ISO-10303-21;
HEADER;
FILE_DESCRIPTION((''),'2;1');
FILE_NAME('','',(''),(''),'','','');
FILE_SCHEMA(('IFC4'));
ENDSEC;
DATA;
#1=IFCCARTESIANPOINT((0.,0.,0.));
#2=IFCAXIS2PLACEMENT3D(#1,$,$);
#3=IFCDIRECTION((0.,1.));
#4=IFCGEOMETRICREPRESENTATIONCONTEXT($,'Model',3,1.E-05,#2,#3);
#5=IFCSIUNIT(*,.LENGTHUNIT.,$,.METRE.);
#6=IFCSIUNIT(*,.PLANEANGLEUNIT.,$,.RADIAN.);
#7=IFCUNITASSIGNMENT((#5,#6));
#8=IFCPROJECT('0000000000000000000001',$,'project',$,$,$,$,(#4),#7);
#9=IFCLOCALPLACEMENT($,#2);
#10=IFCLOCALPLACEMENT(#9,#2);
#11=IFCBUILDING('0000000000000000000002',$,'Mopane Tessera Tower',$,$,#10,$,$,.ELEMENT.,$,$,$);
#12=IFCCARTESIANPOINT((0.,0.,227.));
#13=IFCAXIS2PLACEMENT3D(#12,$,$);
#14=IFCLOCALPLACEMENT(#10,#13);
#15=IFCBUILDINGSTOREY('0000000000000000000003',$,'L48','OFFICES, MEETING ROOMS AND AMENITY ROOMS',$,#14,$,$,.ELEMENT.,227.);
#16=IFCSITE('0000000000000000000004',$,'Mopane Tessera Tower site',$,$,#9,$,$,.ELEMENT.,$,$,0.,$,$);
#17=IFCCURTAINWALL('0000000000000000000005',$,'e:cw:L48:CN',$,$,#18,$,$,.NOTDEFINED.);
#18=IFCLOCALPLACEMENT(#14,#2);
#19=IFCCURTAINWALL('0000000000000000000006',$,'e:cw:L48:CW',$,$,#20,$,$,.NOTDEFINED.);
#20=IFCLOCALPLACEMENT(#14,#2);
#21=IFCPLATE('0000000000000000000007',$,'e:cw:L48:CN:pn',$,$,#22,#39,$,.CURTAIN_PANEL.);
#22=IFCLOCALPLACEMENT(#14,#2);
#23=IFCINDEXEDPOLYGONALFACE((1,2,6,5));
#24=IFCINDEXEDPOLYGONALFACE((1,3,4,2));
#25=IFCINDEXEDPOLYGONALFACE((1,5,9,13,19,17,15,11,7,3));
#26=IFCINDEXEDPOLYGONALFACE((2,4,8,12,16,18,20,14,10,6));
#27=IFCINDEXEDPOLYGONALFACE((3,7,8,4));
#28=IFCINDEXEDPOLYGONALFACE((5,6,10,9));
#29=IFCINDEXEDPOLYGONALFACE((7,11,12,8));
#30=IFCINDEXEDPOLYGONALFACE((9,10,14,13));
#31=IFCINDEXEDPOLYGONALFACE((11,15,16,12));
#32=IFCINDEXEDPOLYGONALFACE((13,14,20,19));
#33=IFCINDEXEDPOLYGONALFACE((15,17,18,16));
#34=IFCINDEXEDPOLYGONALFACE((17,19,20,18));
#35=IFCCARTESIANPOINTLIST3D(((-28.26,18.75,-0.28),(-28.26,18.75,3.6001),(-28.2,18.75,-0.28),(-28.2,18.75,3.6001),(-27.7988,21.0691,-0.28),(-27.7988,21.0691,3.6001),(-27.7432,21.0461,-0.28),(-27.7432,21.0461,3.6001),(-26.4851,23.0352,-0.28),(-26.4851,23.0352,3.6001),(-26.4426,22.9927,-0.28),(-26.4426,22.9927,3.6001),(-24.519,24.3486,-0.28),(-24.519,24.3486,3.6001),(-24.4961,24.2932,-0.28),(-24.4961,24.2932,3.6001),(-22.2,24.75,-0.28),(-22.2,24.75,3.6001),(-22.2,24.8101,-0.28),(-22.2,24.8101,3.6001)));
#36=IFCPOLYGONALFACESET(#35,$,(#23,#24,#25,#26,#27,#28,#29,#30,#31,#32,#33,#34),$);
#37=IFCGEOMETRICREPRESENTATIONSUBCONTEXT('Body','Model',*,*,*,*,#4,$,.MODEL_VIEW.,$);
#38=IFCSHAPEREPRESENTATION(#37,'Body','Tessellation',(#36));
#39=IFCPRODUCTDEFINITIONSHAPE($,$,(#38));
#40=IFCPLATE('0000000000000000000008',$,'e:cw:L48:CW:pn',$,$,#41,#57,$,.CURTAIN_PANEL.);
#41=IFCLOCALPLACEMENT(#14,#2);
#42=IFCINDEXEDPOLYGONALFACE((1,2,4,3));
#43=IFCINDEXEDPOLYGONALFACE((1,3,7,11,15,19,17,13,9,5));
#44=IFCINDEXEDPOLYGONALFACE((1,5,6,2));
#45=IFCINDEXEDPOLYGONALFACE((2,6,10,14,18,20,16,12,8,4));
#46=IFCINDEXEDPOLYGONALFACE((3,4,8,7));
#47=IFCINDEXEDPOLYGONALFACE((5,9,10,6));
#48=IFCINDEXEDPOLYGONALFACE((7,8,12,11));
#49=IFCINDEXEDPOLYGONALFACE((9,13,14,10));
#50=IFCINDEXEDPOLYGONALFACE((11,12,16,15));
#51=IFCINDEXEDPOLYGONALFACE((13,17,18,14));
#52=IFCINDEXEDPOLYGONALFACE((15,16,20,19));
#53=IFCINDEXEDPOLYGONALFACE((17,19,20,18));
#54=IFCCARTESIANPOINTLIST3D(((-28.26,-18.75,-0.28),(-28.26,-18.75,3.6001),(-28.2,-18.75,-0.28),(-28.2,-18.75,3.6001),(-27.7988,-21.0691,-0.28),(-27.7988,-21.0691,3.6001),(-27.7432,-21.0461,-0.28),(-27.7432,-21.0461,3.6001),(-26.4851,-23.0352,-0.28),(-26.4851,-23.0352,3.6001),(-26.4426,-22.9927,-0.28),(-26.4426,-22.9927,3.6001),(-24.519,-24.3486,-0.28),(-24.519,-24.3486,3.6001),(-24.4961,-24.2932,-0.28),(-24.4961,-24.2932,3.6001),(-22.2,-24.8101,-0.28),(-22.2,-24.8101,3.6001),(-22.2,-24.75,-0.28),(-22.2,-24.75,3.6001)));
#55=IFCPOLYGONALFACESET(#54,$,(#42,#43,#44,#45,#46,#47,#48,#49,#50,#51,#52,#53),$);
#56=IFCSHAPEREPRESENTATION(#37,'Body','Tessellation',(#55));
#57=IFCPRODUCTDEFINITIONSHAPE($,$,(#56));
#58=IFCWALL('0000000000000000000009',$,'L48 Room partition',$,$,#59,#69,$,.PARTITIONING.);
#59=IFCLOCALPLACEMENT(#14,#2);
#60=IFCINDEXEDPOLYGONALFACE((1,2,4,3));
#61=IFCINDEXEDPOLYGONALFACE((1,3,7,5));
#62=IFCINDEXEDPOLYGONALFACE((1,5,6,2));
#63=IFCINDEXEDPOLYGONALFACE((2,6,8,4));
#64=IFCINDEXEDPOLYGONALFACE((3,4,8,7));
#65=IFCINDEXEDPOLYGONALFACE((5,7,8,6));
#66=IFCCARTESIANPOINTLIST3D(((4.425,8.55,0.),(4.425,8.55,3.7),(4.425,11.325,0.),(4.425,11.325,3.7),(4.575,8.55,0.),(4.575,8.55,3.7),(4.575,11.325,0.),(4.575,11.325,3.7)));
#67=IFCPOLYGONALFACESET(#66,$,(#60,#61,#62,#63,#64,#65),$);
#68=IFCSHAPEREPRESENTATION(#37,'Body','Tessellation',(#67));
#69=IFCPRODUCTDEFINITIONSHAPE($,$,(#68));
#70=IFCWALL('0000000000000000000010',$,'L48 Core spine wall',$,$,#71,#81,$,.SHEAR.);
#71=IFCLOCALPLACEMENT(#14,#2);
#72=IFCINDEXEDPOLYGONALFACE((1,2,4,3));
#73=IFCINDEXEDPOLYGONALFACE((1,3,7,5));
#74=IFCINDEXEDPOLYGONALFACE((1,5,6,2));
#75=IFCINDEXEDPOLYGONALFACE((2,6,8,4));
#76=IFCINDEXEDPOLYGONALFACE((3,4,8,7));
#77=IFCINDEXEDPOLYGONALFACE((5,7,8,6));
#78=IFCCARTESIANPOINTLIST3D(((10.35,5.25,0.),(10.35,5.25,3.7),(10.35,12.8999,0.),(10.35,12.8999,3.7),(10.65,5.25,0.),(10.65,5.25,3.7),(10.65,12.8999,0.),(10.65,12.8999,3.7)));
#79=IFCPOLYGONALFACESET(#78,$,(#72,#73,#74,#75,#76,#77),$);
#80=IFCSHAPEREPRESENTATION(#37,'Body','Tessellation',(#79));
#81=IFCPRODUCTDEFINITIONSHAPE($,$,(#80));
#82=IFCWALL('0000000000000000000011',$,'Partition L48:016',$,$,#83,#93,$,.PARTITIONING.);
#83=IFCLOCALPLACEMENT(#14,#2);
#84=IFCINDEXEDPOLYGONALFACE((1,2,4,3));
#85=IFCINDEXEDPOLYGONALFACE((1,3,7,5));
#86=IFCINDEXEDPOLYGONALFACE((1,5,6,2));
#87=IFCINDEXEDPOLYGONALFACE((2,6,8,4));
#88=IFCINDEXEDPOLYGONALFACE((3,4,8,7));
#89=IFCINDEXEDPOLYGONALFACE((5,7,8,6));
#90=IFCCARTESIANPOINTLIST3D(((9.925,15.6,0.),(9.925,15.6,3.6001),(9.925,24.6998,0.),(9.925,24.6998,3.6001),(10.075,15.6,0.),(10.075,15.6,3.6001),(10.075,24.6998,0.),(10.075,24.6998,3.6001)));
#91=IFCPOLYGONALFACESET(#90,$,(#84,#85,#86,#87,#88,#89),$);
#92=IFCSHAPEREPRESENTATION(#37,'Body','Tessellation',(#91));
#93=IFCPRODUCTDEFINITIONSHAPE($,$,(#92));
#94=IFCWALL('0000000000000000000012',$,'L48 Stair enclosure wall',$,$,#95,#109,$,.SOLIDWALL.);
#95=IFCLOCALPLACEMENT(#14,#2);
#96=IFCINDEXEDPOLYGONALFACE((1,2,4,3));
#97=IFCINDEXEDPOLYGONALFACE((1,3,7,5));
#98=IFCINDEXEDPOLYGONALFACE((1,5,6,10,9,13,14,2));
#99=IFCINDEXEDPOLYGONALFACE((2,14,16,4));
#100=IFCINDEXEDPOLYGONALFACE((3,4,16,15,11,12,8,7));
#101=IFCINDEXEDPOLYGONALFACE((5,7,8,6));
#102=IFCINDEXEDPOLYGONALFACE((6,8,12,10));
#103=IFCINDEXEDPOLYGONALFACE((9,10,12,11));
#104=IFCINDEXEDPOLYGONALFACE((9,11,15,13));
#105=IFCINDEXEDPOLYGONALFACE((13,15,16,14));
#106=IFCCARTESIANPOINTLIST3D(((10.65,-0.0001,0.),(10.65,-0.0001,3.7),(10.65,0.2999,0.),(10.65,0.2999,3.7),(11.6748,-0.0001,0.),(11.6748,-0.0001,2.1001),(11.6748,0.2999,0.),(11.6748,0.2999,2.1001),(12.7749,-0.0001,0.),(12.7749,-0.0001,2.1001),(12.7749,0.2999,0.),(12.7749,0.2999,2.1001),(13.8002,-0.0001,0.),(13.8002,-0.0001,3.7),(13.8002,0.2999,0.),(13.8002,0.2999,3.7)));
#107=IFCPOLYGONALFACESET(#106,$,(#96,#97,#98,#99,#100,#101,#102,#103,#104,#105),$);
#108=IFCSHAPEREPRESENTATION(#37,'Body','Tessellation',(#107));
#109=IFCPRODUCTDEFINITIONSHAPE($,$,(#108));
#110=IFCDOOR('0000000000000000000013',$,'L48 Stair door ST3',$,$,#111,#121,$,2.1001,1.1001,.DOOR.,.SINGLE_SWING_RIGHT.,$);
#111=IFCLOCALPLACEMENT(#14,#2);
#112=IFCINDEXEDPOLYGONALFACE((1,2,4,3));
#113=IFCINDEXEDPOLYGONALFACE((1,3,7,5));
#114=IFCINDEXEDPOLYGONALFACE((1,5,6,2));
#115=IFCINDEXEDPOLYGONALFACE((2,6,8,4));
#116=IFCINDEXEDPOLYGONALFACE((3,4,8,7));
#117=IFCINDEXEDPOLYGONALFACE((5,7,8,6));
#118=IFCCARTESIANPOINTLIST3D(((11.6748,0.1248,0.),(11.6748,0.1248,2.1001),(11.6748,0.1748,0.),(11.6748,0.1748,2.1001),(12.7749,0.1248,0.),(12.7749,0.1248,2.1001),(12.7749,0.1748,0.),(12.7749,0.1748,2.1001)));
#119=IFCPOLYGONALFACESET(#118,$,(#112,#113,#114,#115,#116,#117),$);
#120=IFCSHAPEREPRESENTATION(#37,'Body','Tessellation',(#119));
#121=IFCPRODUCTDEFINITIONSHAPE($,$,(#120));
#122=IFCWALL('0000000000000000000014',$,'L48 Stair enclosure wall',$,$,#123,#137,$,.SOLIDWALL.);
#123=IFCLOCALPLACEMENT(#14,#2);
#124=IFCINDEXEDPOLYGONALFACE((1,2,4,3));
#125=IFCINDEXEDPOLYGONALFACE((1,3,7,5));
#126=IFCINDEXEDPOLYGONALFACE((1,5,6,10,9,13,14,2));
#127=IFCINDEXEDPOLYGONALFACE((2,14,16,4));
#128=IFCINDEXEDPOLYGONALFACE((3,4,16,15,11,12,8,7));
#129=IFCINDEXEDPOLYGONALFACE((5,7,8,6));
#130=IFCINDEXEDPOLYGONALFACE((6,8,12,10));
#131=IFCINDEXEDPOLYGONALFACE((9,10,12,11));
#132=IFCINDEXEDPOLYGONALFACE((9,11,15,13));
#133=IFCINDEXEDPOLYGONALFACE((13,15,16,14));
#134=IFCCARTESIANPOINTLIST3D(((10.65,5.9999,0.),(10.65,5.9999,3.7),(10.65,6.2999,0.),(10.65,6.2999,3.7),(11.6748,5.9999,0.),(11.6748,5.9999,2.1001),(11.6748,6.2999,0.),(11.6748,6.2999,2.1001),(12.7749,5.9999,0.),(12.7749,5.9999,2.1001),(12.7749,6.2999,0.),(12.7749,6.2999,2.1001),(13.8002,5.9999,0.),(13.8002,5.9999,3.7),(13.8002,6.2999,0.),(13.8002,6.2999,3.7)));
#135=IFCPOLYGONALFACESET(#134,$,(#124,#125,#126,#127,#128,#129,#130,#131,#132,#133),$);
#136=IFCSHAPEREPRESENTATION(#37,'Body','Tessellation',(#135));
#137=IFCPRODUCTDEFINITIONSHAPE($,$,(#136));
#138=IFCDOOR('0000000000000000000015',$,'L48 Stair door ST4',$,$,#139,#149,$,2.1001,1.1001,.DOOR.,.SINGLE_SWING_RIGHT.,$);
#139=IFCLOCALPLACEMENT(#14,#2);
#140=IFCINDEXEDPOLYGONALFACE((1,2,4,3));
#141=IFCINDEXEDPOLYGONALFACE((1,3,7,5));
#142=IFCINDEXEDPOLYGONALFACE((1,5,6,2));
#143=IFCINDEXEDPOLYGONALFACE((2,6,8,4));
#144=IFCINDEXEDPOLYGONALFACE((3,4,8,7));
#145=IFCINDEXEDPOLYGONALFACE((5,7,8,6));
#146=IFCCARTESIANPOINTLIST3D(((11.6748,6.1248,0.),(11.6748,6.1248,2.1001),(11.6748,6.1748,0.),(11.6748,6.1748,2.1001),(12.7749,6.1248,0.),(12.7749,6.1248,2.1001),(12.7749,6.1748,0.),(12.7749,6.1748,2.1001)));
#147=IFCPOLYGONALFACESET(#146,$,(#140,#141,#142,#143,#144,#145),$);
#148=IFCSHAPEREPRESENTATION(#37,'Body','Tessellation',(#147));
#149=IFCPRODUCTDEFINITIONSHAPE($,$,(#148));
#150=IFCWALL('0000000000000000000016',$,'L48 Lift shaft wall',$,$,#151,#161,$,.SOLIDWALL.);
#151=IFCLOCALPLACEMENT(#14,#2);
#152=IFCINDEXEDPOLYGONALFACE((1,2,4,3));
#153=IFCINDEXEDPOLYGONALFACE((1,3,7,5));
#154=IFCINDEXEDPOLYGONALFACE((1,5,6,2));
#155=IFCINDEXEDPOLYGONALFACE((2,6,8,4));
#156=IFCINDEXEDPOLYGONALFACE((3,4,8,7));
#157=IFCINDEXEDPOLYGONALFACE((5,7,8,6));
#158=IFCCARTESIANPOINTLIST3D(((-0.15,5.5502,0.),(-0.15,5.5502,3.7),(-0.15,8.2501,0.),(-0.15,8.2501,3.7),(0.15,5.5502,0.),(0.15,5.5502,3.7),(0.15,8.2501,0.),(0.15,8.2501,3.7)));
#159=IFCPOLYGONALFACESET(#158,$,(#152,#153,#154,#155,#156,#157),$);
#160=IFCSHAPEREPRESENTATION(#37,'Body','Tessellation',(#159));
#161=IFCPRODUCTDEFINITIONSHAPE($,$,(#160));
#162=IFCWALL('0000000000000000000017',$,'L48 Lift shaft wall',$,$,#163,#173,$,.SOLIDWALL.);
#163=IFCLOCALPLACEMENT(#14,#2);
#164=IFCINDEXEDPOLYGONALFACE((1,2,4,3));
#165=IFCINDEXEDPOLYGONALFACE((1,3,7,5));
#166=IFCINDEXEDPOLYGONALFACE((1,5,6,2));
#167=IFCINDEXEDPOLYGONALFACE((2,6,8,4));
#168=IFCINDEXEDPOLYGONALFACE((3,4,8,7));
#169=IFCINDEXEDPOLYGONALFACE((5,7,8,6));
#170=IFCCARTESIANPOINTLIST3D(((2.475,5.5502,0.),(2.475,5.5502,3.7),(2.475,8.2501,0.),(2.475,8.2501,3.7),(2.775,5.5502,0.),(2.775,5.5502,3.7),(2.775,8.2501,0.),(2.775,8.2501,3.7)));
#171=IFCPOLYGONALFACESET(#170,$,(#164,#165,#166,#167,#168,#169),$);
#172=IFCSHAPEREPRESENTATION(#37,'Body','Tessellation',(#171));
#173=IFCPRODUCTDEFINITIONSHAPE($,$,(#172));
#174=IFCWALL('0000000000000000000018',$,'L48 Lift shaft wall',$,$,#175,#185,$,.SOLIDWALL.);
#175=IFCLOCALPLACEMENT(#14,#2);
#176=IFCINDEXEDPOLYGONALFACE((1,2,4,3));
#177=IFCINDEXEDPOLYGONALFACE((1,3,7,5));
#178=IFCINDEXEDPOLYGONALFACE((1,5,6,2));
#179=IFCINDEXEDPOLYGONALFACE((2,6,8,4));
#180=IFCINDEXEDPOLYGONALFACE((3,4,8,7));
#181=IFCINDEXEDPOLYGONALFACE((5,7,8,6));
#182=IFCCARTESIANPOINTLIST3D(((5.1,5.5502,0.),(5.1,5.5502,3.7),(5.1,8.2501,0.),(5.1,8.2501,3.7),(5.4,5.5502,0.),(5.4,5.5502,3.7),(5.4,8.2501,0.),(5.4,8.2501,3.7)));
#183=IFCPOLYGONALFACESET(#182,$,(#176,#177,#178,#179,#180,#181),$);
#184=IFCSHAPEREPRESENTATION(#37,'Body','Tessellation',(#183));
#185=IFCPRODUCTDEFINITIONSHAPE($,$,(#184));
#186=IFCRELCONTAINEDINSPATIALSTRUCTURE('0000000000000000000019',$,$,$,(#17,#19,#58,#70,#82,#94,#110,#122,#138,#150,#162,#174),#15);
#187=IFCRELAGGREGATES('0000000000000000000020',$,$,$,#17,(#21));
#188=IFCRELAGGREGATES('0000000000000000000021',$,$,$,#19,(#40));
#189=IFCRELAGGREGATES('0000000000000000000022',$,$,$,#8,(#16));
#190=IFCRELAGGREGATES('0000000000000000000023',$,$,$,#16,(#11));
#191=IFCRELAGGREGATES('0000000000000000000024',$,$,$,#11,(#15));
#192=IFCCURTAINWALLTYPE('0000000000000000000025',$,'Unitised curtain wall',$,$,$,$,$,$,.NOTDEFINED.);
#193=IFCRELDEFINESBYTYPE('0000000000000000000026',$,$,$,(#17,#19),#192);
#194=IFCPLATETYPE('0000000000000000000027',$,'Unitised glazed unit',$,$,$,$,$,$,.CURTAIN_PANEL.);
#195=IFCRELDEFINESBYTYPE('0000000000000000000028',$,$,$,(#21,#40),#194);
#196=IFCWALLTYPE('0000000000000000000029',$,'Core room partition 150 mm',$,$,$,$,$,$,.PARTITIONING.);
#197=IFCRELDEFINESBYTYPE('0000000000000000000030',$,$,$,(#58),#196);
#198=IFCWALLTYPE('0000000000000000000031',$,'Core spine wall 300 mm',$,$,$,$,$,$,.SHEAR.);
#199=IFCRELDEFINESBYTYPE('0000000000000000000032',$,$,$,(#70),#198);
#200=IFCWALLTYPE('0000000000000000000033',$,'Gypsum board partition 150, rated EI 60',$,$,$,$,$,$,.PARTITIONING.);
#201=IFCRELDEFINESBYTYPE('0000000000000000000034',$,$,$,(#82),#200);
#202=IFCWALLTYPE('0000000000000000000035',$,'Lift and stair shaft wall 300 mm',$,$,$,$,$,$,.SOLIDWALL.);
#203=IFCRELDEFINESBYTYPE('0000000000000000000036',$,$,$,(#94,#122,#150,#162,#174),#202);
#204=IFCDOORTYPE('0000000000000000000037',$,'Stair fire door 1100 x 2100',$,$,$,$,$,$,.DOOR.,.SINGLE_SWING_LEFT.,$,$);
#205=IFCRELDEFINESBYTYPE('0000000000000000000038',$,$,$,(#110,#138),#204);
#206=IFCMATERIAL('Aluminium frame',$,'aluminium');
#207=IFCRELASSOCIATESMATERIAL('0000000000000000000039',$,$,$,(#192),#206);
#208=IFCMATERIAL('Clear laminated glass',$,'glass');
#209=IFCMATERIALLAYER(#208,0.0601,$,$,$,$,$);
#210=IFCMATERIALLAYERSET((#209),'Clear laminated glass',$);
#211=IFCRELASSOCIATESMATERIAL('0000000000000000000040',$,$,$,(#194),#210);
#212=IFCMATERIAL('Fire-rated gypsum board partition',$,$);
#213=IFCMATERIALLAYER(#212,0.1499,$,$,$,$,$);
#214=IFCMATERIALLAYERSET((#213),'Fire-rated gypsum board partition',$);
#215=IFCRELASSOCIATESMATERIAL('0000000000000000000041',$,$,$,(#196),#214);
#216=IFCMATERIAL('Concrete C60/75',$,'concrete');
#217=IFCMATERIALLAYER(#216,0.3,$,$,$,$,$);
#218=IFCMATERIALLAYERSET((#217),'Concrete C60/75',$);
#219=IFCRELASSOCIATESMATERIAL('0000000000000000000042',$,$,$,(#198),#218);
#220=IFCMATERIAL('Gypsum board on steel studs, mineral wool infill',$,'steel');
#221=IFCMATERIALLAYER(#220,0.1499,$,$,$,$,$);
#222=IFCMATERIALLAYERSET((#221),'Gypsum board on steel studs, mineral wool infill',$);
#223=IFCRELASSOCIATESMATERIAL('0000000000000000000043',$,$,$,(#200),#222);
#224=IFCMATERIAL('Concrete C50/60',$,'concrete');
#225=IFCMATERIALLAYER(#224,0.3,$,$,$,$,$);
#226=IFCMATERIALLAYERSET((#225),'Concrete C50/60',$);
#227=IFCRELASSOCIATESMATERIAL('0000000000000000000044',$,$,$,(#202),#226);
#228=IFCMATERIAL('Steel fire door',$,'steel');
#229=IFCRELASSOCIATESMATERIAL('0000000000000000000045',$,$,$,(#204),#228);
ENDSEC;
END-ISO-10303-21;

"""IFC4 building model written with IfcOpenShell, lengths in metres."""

from ifc_helpers import new_model, si_unit, direction, frame, frame_2d, origin, place, context, subcontext, project, spatial, polyline, rectangle, outline, extrude, material, layer, layer_set, type_object, element, fill, aggregate, save


model = new_model("IFC4")

# Units and contexts
model_context = context("Model", 3, precision=1e-05, world=origin(), true_north=direction((0.0, 1.0)))
body_context = subcontext(model_context, "Body", "Model", "MODEL_VIEW")
ifc_project = project(units=[si_unit("LENGTHUNIT", "METRE"), si_unit("PLANEANGLEUNIT", "RADIAN")], contexts=[model_context])

# Site, building, storey
site_placement = place(None, origin())
site = spatial("IfcSite", under=ifc_project, at=site_placement, Name="Mopane Tessera Tower site", CompositionType="ELEMENT", RefElevation=0.0)
building_placement = place(site_placement, origin())
building = spatial("IfcBuilding", under=site, at=building_placement, Name="Mopane Tessera Tower", CompositionType="ELEMENT")
storey_placement = place(building_placement, frame((0.0, 0.0, 227.0)))
storey = spatial("IfcBuildingStorey", under=building, at=storey_placement, Name="L48", Description="OFFICES, MEETING ROOMS AND AMENITY ROOMS", CompositionType="ELEMENT", Elevation=227.0)

# Shared definitions
ifc_material_1 = material(Name="Aluminium frame", Category="aluminium")
curtain_wall_type = type_object("IfcCurtainWallType", Name="Unitised curtain wall", PredefinedType="NOTDEFINED", material=ifc_material_1)

# Curtain walls
curtain_wall_1_placement = place(storey_placement, origin())
curtain_wall_1 = element("IfcCurtainWall", 1, at=curtain_wall_1_placement, inside=storey, type_object=curtain_wall_type, Name="e:cw:L48:CN", PredefinedType="NOTDEFINED")
curtain_wall_2_placement = place(storey_placement, origin())
curtain_wall_2 = element("IfcCurtainWall", 2, at=curtain_wall_2_placement, inside=storey, type_object=curtain_wall_type, Name="e:cw:L48:CW", PredefinedType="NOTDEFINED")

# Plates
ifc_material_2 = material(Name="Clear laminated glass", Category="glass")
ifc_layer_1 = layer(ifc_material_2, 0.0601)
ifc_layer_set_1 = layer_set([ifc_layer_1], Name="Clear laminated glass")
plate_type = type_object("IfcPlateType", Name="Unitised glazed unit", PredefinedType="CURTAIN_PANEL", material=ifc_layer_set_1)
plate_1_placement = place(storey_placement, frame((0.0, 0.0, -0.28)))
plate_1 = element("IfcPlate", 3, at=plate_1_placement, type_object=plate_type, Name="e:cw:L48:CN:pn", PredefinedType="CURTAIN_PANEL", context=body_context, shape_type="SweptSolid", body=[
    extrude(outline(polyline([(-22.2, 24.75), (-24.4961, 24.2932), (-26.4426, 22.9927), (-27.7432, 21.0461), (-28.2, 18.75), (-28.26, 18.75), (-27.7988, 21.0691), (-26.4851, 23.0352), (-24.519, 24.3486), (-22.2, 24.8101), (-22.2, 24.75)])), origin(), (0.0, 0.0, 1.0), 3.8801),
])
aggregate(curtain_wall_1, [plate_1])
plate_2_placement = place(storey_placement, frame((0.0, 0.0, -0.28)))
plate_2 = element("IfcPlate", 4, at=plate_2_placement, type_object=plate_type, Name="e:cw:L48:CW:pn", PredefinedType="CURTAIN_PANEL", context=body_context, shape_type="SweptSolid", body=[
    extrude(outline(polyline([(-28.2, -18.75), (-27.7432, -21.0461), (-26.4426, -22.9927), (-24.4961, -24.2932), (-22.2, -24.75), (-22.2, -24.8101), (-24.519, -24.3486), (-26.4851, -23.0352), (-27.7988, -21.0691), (-28.26, -18.75), (-28.2, -18.75)])), origin(), (0.0, 0.0, 1.0), 3.8801),
])
aggregate(curtain_wall_2, [plate_2])

# Walls
ifc_material_3 = material(Name="Fire-rated gypsum board partition")
ifc_layer_2 = layer(ifc_material_3, 0.1499)
ifc_layer_set_2 = layer_set([ifc_layer_2], Name="Fire-rated gypsum board partition")
wall_type_1 = type_object("IfcWallType", Name="Core room partition 150 mm", PredefinedType="PARTITIONING", material=ifc_layer_set_2)
wall_1_placement = place(storey_placement, frame((4.5, 8.55, 0.0), z_axis=(0.0, 0.0, 1.0), x_axis=(0.0, 1.0, 0.0)))
element("IfcWall", 5, at=wall_1_placement, inside=storey, type_object=wall_type_1, Name="L48 Room partition", PredefinedType="PARTITIONING", context=body_context, shape_type="SweptSolid", body=[
    extrude(rectangle(XDim=2.7749, YDim=0.1499, at=frame_2d((1.3875, 0.0))), origin(), (0.0, 0.0, 1.0), 3.7),
])
ifc_material_4 = material(Name="Concrete C60/75", Category="concrete")
ifc_layer_3 = layer(ifc_material_4, 0.3)
ifc_layer_set_3 = layer_set([ifc_layer_3], Name="Concrete C60/75")
wall_type_2 = type_object("IfcWallType", Name="Core spine wall 300 mm", PredefinedType="SHEAR", material=ifc_layer_set_3)
wall_2_placement = place(storey_placement, frame((10.5, 5.25, 0.0), z_axis=(0.0, 0.0, 1.0), x_axis=(0.0, 1.0, 0.0)))
element("IfcWall", 6, at=wall_2_placement, inside=storey, type_object=wall_type_2, Name="L48 Core spine wall", PredefinedType="SHEAR", context=body_context, shape_type="SweptSolid", body=[
    extrude(rectangle(XDim=7.6499, YDim=0.3, at=frame_2d((3.825, 0.0))), origin(), (0.0, 0.0, 1.0), 3.7),
])
ifc_material_5 = material(Name="Gypsum board on steel studs, mineral wool infill", Category="steel")
ifc_layer_4 = layer(ifc_material_5, 0.1499)
ifc_layer_set_4 = layer_set([ifc_layer_4], Name="Gypsum board on steel studs, mineral wool infill")
wall_type_3 = type_object("IfcWallType", Name="Gypsum board partition 150, rated EI 60", PredefinedType="PARTITIONING", material=ifc_layer_set_4)
wall_3_placement = place(storey_placement, frame((10.0, 15.6001, 0.0), z_axis=(0.0, 0.0, 1.0), x_axis=(0.0, 1.0, 0.0)))
element("IfcWall", 7, at=wall_3_placement, inside=storey, type_object=wall_type_3, Name="Partition L48:016", PredefinedType="PARTITIONING", context=body_context, shape_type="SweptSolid", body=[
    extrude(rectangle(XDim=9.0999, YDim=0.1499, at=frame_2d((4.5498, 0.0))), origin(), (0.0, 0.0, 1.0), 3.6001),
])

# Walls, openings, doors
ifc_material_6 = material(Name="Concrete C50/60", Category="concrete")
ifc_layer_5 = layer(ifc_material_6, 0.3)
ifc_layer_set_5 = layer_set([ifc_layer_5], Name="Concrete C50/60")
wall_type_4 = type_object("IfcWallType", Name="Lift and stair shaft wall 300 mm", PredefinedType="SOLIDWALL", material=ifc_layer_set_5)
wall_4_placement = place(storey_placement, frame((10.6499, 0.1499, 0.0), z_axis=(0.0, 0.0, 1.0), x_axis=(1.0, 0.0, 0.0)))
wall_4 = element("IfcWall", 8, at=wall_4_placement, inside=storey, type_object=wall_type_4, Name="L48 Stair enclosure wall", PredefinedType="SOLIDWALL", context=body_context, shape_type="SweptSolid", body=[
    extrude(rectangle(XDim=3.1501, YDim=0.3, at=frame_2d((1.5752, 0.0))), origin(), (0.0, 0.0, 1.0), 3.7),
])
opening_1_placement = place(wall_4_placement, frame((1.0249, 0.0, 0.0)))
opening_1 = element("IfcOpeningElement", 9, at=opening_1_placement, cuts=wall_4, PredefinedType="OPENING", context=body_context, shape_type="SweptSolid", body=[
    extrude(rectangle(XDim=1.1001, YDim=2.1001, at=frame_2d((0.55, 1.05))), frame((0.0, 0.1621, 0.0), z_axis=(0.0, -1.0, 0.0), x_axis=(1.0, 0.0, 0.0)), (0.0, 0.0, 1.0), 0.324),
])
ifc_material_7 = material(Name="Steel fire door", Category="steel")
door_type = type_object("IfcDoorType", Name="Stair fire door 1100 x 2100", OperationType="SINGLE_SWING_LEFT", PredefinedType="DOOR", material=ifc_material_7)
door_1_placement = place(opening_1_placement, origin())
door_1 = element("IfcDoor", 10, at=door_1_placement, inside=storey, type_object=door_type, Name="L48 Stair door ST3", OperationType="SINGLE_SWING_RIGHT", OverallHeight=2.1001, OverallWidth=1.1001, PredefinedType="DOOR", context=body_context, shape_type="SweptSolid", body=[
    extrude(rectangle(XDim=1.1001, YDim=2.1001, at=frame_2d((0.55, 1.05))), frame((0.0, 0.0249, 0.0), z_axis=(0.0, -1.0, 0.0), x_axis=(1.0, 0.0, 0.0)), (0.0, 0.0, 1.0), 0.05),
])
fill(opening_1, door_1)
wall_5_placement = place(storey_placement, frame((10.6499, 6.1499, 0.0), z_axis=(0.0, 0.0, 1.0), x_axis=(1.0, 0.0, 0.0)))
wall_5 = element("IfcWall", 11, at=wall_5_placement, inside=storey, type_object=wall_type_4, Name="L48 Stair enclosure wall", PredefinedType="SOLIDWALL", context=body_context, shape_type="SweptSolid", body=[
    extrude(rectangle(XDim=3.1501, YDim=0.3, at=frame_2d((1.5752, 0.0))), origin(), (0.0, 0.0, 1.0), 3.7),
])
opening_2_placement = place(wall_5_placement, frame((1.0249, 0.0, 0.0)))
opening_2 = element("IfcOpeningElement", 12, at=opening_2_placement, cuts=wall_5, PredefinedType="OPENING", context=body_context, shape_type="SweptSolid", body=[
    extrude(rectangle(XDim=1.1001, YDim=2.1001, at=frame_2d((0.55, 1.05))), frame((0.0, 0.1621, 0.0), z_axis=(0.0, -1.0, 0.0), x_axis=(1.0, 0.0, 0.0)), (0.0, 0.0, 1.0), 0.324),
])
door_2_placement = place(opening_2_placement, origin())
door_2 = element("IfcDoor", 13, at=door_2_placement, inside=storey, type_object=door_type, Name="L48 Stair door ST4", OperationType="SINGLE_SWING_RIGHT", OverallHeight=2.1001, OverallWidth=1.1001, PredefinedType="DOOR", context=body_context, shape_type="SweptSolid", body=[
    extrude(rectangle(XDim=1.1001, YDim=2.1001, at=frame_2d((0.55, 1.05))), frame((0.0, 0.0249, 0.0), z_axis=(0.0, -1.0, 0.0), x_axis=(1.0, 0.0, 0.0)), (0.0, 0.0, 1.0), 0.05),
])
fill(opening_2, door_2)

# Walls
for number, where, z_axis, x_axis, name in (
    (14, (0.0, 5.55, 0.0), (0.0, 0.0, 1.0), (0.0, 1.0, 0.0), "L48 Lift shaft wall"),
    (15, (2.625, 5.55, 0.0), (0.0, 0.0, 1.0), (0.0, 1.0, 0.0), "L48 Lift shaft wall"),
    (16, (5.25, 5.55, 0.0), (0.0, 0.0, 1.0), (0.0, 1.0, 0.0), "L48 Lift shaft wall"),
):
    element("IfcWall", number, at=place(storey_placement, frame(where, z_axis=z_axis, x_axis=x_axis)), inside=storey, type_object=wall_type_4, Name=name, PredefinedType="SOLIDWALL", context=body_context, shape_type="SweptSolid", body=[
        extrude(rectangle(XDim=2.7, YDim=0.3, at=frame_2d((1.3501, 0.0))), origin(), (0.0, 0.0, 1.0), 3.7),
    ])

save(model, "model.ifc")
